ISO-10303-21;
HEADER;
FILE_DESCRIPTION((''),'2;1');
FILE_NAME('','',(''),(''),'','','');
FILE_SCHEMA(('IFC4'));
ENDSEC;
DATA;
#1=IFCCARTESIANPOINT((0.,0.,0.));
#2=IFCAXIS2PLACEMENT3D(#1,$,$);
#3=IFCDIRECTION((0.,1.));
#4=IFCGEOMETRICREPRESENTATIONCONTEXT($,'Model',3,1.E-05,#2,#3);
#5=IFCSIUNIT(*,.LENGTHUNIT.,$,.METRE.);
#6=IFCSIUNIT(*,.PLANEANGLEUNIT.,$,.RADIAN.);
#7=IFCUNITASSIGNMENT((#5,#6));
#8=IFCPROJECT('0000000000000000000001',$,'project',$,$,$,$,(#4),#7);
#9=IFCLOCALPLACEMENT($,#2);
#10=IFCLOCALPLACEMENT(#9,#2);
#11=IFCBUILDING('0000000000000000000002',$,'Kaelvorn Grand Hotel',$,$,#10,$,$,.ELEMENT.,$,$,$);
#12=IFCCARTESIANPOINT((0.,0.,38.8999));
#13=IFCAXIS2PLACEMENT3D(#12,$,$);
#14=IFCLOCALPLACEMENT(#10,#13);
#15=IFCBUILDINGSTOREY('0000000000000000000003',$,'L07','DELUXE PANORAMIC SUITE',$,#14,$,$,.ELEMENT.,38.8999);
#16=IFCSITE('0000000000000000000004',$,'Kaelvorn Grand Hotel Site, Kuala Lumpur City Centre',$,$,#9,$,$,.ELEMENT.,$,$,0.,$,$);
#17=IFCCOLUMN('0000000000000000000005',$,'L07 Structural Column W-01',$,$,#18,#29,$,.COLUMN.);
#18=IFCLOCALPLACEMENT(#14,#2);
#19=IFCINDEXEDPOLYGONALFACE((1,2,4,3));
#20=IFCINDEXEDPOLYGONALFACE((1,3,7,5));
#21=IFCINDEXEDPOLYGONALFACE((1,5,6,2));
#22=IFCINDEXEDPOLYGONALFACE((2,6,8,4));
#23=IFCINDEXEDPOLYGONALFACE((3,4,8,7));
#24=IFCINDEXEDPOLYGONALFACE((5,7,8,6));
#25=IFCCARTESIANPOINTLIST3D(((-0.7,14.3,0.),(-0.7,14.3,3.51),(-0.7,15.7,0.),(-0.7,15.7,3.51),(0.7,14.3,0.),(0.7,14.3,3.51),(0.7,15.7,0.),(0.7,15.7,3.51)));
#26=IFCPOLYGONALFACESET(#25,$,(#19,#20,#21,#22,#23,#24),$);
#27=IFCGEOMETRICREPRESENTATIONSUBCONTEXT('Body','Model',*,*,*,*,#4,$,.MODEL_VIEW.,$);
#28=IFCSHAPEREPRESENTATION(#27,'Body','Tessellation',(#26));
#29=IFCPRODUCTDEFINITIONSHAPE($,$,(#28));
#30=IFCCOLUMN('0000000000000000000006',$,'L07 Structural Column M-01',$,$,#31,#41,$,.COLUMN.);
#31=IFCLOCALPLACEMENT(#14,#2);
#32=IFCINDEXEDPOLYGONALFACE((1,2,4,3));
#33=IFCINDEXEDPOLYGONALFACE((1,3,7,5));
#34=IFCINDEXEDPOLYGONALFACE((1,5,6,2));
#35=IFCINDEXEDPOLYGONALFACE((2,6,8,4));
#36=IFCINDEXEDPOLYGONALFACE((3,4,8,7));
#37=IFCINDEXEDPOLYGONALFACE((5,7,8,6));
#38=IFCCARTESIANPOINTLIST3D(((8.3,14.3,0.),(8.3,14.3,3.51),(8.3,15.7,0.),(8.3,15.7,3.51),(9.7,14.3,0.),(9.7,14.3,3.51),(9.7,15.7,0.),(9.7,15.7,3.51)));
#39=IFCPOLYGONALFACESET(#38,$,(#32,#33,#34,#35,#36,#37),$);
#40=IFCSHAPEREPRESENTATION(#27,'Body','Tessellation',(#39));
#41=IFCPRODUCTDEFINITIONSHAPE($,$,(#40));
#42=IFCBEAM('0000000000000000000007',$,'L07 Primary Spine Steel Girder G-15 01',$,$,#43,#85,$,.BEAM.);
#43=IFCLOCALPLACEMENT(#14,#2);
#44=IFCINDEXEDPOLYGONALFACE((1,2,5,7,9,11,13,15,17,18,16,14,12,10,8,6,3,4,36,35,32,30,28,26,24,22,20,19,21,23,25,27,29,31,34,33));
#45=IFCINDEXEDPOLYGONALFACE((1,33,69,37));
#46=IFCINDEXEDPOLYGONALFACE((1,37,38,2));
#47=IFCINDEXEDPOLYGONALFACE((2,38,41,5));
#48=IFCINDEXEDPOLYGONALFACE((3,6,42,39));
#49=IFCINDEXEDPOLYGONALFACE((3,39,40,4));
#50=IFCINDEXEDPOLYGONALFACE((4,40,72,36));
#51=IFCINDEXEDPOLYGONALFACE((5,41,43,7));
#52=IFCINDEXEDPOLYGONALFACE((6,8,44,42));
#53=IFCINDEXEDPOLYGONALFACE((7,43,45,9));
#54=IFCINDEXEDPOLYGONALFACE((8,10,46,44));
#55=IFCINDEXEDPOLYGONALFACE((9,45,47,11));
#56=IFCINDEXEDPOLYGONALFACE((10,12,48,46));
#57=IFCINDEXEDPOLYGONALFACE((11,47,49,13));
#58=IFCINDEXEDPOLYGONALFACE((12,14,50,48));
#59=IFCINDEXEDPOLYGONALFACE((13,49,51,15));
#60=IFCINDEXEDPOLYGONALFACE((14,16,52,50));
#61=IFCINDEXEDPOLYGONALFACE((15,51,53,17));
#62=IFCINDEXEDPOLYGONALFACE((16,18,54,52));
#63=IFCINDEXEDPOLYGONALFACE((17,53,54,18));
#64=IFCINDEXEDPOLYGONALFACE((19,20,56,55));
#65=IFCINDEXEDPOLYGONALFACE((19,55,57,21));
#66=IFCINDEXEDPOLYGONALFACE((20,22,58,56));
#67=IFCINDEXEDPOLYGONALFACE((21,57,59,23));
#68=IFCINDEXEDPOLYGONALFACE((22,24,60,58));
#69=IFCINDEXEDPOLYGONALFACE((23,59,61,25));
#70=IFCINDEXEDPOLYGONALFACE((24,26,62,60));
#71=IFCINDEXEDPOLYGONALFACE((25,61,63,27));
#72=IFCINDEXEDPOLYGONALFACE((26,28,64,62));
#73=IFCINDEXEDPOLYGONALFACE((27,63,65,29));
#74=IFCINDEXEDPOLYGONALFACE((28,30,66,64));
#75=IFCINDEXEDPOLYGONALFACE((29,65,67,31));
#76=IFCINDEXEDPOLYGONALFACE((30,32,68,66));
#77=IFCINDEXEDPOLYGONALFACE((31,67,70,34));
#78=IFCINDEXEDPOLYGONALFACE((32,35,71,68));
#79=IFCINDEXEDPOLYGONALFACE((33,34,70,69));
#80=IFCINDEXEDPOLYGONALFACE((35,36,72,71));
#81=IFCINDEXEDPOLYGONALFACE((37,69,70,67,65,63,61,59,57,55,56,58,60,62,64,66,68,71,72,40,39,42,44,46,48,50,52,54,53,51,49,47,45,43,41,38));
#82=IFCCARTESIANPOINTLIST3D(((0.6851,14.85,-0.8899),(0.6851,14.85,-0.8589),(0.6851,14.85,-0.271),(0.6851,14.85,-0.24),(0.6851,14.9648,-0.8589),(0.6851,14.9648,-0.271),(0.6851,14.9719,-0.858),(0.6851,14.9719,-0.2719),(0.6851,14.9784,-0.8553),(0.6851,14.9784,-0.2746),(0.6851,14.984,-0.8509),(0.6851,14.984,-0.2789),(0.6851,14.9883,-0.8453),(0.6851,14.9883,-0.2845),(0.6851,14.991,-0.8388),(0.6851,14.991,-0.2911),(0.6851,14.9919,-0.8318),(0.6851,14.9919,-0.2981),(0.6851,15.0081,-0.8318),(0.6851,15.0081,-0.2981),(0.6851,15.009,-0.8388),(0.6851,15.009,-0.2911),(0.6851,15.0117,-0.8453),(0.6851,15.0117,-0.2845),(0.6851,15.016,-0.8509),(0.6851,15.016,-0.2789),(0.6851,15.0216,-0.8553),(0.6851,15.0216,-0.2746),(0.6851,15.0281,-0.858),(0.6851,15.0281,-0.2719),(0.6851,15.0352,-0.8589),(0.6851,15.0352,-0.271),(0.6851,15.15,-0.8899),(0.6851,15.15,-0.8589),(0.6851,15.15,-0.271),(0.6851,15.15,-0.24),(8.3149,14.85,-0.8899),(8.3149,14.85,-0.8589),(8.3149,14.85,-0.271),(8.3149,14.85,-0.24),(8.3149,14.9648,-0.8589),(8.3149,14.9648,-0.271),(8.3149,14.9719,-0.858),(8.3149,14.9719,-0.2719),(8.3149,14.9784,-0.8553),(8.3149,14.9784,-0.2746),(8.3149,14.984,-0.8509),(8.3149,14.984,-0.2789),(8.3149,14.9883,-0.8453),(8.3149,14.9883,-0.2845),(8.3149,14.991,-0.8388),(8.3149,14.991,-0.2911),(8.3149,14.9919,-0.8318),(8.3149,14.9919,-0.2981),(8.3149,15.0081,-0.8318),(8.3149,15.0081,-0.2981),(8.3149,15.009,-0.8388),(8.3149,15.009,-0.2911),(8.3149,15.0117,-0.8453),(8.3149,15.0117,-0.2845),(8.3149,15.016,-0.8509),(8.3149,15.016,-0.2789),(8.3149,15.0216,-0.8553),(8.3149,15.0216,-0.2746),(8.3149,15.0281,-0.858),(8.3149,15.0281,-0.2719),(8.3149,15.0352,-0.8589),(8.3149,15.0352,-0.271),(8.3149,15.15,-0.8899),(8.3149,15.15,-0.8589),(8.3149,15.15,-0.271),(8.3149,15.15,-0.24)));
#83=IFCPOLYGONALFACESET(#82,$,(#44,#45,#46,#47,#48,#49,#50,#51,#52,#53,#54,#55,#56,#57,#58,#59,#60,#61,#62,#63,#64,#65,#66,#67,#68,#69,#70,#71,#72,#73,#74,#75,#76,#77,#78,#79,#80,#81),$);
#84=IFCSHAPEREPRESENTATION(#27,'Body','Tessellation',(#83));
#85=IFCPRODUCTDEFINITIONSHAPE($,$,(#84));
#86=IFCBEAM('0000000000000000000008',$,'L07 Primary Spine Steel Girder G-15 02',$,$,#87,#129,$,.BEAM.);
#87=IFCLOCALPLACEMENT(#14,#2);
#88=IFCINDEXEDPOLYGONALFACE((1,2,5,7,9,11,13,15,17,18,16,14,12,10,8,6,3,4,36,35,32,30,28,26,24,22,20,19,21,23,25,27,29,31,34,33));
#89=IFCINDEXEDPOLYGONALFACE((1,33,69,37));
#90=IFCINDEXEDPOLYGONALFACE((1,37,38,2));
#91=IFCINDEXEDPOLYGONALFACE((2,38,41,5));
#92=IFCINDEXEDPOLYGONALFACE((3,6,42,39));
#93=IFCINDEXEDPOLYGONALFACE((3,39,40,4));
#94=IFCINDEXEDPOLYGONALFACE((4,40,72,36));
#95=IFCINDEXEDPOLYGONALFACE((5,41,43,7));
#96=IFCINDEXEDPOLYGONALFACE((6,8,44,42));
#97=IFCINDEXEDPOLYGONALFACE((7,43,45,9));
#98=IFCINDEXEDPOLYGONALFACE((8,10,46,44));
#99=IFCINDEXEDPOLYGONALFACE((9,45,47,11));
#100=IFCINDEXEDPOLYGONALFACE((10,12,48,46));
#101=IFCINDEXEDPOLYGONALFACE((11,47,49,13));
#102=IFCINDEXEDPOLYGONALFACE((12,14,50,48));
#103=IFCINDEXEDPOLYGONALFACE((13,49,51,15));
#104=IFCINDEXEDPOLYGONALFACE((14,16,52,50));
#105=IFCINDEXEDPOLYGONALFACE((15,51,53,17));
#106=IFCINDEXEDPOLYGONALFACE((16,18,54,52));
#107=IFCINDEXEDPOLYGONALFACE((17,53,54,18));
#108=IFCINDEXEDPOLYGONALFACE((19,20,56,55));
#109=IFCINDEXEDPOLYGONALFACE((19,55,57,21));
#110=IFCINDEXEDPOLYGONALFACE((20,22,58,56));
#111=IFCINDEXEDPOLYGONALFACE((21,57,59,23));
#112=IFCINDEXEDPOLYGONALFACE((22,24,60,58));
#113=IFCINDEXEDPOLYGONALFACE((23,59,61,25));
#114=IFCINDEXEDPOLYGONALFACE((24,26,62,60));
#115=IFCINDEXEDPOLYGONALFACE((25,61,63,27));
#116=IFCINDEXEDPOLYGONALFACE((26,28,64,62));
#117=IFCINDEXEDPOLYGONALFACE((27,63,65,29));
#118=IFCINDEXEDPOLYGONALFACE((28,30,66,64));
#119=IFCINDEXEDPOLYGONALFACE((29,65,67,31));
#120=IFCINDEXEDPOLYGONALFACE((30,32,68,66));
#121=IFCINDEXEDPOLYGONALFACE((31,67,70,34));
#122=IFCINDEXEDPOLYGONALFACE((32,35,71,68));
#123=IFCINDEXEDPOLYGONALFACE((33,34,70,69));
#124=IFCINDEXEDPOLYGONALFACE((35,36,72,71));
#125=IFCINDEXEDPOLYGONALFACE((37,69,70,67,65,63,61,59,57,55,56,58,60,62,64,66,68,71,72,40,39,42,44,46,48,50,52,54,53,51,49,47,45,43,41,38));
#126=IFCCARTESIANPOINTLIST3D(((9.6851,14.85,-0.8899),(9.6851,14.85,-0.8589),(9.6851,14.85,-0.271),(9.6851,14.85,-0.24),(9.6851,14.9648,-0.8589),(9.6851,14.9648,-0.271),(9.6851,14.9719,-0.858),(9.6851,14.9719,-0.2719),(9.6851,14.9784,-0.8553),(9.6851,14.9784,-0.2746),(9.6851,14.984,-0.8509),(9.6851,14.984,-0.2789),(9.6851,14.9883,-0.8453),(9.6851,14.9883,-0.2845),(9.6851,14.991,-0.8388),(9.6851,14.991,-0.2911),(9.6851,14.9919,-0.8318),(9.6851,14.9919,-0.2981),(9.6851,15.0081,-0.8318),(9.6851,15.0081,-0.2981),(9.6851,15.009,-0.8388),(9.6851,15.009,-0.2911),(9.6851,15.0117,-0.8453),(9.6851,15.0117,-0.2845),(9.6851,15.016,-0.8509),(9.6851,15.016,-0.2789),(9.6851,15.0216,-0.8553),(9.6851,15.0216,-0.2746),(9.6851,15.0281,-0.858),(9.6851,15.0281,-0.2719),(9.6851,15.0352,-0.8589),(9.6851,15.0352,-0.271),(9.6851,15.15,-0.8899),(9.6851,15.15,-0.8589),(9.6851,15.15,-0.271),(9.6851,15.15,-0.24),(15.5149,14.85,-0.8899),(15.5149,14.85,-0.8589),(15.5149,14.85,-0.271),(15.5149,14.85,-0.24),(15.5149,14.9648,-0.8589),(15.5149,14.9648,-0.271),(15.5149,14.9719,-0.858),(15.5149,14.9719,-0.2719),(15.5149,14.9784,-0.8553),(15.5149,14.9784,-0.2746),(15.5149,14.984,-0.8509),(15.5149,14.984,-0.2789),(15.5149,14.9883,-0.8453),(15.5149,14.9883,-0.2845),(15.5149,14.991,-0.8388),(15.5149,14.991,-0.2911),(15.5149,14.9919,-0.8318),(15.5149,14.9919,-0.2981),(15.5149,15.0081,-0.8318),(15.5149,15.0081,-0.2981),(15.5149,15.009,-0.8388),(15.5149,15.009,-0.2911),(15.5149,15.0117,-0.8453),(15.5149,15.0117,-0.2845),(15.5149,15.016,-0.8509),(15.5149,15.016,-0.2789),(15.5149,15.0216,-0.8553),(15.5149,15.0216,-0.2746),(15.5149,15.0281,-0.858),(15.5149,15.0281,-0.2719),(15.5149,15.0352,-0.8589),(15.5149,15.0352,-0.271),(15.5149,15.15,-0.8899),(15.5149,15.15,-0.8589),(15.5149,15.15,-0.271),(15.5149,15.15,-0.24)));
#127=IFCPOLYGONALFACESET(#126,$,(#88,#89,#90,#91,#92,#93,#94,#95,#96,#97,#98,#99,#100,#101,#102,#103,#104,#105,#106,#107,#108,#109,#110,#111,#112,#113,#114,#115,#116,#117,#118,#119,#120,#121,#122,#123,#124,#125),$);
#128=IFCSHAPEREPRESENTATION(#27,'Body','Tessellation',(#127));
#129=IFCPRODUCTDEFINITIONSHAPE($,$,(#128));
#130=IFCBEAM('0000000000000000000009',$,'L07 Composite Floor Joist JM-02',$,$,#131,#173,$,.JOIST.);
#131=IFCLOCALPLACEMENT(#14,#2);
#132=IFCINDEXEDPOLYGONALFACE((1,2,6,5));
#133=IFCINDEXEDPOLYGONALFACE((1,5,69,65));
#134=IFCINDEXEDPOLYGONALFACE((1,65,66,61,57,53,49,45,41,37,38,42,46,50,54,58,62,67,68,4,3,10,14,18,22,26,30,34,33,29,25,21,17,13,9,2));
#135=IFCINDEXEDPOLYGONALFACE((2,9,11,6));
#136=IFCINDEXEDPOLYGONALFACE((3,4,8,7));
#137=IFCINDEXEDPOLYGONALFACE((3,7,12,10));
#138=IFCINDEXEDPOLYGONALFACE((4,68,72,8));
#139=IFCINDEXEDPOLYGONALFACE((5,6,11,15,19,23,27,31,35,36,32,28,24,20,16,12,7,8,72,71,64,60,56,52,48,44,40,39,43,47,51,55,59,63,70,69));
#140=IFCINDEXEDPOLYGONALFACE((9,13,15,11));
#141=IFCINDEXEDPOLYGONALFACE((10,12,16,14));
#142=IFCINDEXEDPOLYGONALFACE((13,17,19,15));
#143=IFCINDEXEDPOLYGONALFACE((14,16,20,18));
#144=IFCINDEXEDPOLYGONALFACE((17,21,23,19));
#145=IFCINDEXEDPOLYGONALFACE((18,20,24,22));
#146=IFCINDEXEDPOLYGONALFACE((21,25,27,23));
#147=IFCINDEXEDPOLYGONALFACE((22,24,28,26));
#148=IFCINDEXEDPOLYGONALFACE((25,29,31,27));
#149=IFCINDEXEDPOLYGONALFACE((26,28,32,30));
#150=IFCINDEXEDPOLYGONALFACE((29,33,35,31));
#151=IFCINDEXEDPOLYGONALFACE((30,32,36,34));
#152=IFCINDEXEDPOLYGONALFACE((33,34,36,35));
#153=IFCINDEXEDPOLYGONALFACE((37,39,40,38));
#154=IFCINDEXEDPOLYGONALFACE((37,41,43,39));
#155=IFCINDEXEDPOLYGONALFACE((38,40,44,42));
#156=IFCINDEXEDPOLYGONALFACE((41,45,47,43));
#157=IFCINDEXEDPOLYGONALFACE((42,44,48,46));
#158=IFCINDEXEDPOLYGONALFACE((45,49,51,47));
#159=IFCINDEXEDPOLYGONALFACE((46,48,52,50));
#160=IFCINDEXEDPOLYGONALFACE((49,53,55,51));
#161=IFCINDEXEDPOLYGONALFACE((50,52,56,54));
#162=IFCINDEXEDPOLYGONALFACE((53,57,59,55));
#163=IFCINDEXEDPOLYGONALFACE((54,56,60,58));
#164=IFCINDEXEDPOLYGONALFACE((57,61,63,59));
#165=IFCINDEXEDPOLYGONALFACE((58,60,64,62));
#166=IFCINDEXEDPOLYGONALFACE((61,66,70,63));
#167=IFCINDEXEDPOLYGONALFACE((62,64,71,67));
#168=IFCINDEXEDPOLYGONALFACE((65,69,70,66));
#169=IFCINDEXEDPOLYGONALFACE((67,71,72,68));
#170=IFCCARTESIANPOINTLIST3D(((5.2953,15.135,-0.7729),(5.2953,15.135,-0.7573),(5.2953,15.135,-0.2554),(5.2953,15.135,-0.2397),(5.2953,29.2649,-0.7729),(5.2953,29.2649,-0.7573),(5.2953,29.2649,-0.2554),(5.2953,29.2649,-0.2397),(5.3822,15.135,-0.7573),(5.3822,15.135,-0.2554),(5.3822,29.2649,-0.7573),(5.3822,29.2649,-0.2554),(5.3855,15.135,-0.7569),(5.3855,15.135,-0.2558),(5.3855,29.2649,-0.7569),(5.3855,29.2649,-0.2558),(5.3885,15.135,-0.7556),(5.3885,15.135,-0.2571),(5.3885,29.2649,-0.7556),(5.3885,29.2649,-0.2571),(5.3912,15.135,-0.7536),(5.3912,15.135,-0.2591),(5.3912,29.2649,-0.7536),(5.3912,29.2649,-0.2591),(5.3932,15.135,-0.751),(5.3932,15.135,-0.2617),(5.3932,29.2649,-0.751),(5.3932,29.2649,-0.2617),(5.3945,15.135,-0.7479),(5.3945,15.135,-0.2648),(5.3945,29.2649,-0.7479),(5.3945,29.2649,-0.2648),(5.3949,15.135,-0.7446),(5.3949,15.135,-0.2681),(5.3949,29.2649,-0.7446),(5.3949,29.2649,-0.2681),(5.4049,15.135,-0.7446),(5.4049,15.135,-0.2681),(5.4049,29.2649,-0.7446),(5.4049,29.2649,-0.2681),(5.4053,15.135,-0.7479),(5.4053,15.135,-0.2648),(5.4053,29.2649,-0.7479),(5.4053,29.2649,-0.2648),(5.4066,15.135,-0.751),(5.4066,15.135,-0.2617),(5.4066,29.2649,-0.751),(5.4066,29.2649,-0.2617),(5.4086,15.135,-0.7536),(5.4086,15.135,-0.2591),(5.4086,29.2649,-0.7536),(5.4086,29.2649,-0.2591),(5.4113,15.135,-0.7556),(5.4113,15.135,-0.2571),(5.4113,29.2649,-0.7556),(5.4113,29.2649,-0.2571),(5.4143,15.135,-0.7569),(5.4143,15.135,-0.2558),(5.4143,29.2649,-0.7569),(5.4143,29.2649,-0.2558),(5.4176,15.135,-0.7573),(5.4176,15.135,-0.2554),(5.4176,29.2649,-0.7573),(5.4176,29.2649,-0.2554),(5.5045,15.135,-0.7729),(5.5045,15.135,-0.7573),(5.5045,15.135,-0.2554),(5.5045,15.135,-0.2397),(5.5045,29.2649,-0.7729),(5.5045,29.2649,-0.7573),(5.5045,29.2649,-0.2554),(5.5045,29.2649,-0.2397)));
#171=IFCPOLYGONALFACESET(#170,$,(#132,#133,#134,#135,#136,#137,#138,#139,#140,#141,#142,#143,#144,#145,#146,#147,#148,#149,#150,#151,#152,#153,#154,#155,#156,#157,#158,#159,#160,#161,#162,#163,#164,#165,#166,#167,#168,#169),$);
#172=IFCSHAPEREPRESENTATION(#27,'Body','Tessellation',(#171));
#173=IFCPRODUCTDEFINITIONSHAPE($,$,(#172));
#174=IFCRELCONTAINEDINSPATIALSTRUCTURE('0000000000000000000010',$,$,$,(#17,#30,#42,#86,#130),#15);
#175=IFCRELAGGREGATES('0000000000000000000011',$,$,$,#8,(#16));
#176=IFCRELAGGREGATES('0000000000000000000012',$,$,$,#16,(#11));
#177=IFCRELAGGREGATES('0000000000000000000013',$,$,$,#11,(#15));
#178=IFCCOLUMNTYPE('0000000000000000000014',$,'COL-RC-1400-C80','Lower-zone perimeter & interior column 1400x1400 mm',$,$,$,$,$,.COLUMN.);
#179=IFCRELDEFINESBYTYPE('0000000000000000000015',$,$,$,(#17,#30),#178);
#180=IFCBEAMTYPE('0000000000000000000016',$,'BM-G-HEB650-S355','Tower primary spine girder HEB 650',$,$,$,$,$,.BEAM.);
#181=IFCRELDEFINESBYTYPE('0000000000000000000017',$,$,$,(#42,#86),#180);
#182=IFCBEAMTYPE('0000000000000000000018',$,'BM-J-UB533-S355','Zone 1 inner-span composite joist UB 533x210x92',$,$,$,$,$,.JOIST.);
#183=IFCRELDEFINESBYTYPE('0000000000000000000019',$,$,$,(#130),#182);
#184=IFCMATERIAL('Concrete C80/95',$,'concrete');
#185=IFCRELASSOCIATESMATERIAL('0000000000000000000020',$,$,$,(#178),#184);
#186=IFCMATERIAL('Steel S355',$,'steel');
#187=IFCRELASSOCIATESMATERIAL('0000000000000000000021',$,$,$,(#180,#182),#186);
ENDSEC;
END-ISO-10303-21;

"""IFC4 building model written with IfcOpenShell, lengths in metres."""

from ifc_helpers import new_model, si_unit, direction, frame, origin, origin_2d, place, context, subcontext, project, spatial, rectangle, i_section, extrude, material, material_profile, profile_set, type_object, element, save


model = new_model("IFC4")

# Units and contexts
model_context = context("Model", 3, precision=1e-05, world=origin(), true_north=direction((0.0, 1.0)))
body_context = subcontext(model_context, "Body", "Model", "MODEL_VIEW")
ifc_project = project(units=[si_unit("LENGTHUNIT", "METRE"), si_unit("PLANEANGLEUNIT", "RADIAN")], contexts=[model_context])

# Site, building, storey
site_placement = place(None, origin())
site = spatial("IfcSite", under=ifc_project, at=site_placement, Name="Kaelvorn Grand Hotel Site, Kuala Lumpur City Centre", CompositionType="ELEMENT", RefElevation=0.0)
building_placement = place(site_placement, origin())
building = spatial("IfcBuilding", under=site, at=building_placement, Name="Kaelvorn Grand Hotel", CompositionType="ELEMENT")
storey_placement = place(building_placement, frame((0.0, 0.0, 38.8999)))
storey = spatial("IfcBuildingStorey", under=building, at=storey_placement, Name="L07", Description="DELUXE PANORAMIC SUITE", CompositionType="ELEMENT", Elevation=38.8999)

# Columns
ifc_material_1 = material(Name="Concrete C80/95", Category="concrete")
ifc_material_profile_1 = material_profile(ifc_material_1, rectangle(XDim=1.3999, YDim=1.3999, at=origin_2d()), Name="RC COL 1400x1400")
ifc_profile_set_1 = profile_set([ifc_material_profile_1], Name="Concrete C80/95")
column_type = type_object("IfcColumnType", Name="COL-RC-1400-C80", Description="Lower-zone perimeter & interior column 1400x1400 mm", PredefinedType="COLUMN", material=ifc_profile_set_1)
for number, where, z_axis, x_axis, name in (
    (1, (0.0, 15.0, 0.0), (0.0, 0.0, 1.0), (1.0, 0.0, 0.0), "L07 Structural Column W-01"),
    (2, (9.0, 15.0, 0.0), (0.0, 0.0, 1.0), (1.0, 0.0, 0.0), "L07 Structural Column M-01"),
):
    element("IfcColumn", number, at=place(storey_placement, frame(where, z_axis=z_axis, x_axis=x_axis)), inside=storey, type_object=column_type, Name=name, PredefinedType="COLUMN", context=body_context, shape_type="SweptSolid", body=[
        extrude(rectangle(XDim=1.3999, YDim=1.3999, at=origin_2d()), origin(), (0.0, 0.0, 1.0), 3.51),
    ])

# Beams
ifc_material_2 = material(Name="Steel S355", Category="steel")
ifc_material_profile_2 = material_profile(ifc_material_2, i_section(OverallWidth=0.3, OverallDepth=0.6499, WebThickness=0.0161, FlangeThickness=0.031, FilletRadius=0.0271, at=origin_2d()), Name="HEB 650")
ifc_profile_set_2 = profile_set([ifc_material_profile_2], Name="Steel S355")
beam_type_1 = type_object("IfcBeamType", Name="BM-G-HEB650-S355", Description="Tower primary spine girder HEB 650", PredefinedType="BEAM", material=ifc_profile_set_2)
beam_1_placement = place(storey_placement, frame((0.6851, 15.0, -0.5649), z_axis=(1.0, 0.0, 0.0), x_axis=(0.0, 1.0, 0.0)))
element("IfcBeam", 3, at=beam_1_placement, inside=storey, type_object=beam_type_1, Name="L07 Primary Spine Steel Girder G-15 01", PredefinedType="BEAM", context=body_context, shape_type="SweptSolid", body=[
    extrude(i_section(OverallWidth=0.3, OverallDepth=0.6499, WebThickness=0.0161, FlangeThickness=0.031, FilletRadius=0.0271, at=origin_2d()), origin(), (0.0, 0.0, 1.0), 7.6299),
])
beam_2_placement = place(storey_placement, frame((9.6851, 15.0, -0.5649), z_axis=(1.0, 0.0, 0.0), x_axis=(0.0, 1.0, 0.0)))
element("IfcBeam", 4, at=beam_2_placement, inside=storey, type_object=beam_type_1, Name="L07 Primary Spine Steel Girder G-15 02", PredefinedType="BEAM", context=body_context, shape_type="SweptSolid", body=[
    extrude(i_section(OverallWidth=0.3, OverallDepth=0.6499, WebThickness=0.0161, FlangeThickness=0.031, FilletRadius=0.0271, at=origin_2d()), origin(), (0.0, 0.0, 1.0), 5.8298),
])
ifc_material_profile_3 = material_profile(ifc_material_2, i_section(OverallWidth=0.2092, OverallDepth=0.5332, WebThickness=0.01, FlangeThickness=0.0156, FilletRadius=0.0127, at=origin_2d()), Name="UB 533x210x92")
ifc_profile_set_3 = profile_set([ifc_material_profile_3], Name="Steel S355")
beam_type_2 = type_object("IfcBeamType", Name="BM-J-UB533-S355", Description="Zone 1 inner-span composite joist UB 533x210x92", PredefinedType="JOIST", material=ifc_profile_set_3)
beam_3_placement = place(storey_placement, frame((5.3999, 15.135, -0.5063), z_axis=(0.0, 1.0, 0.0), x_axis=(-1.0, 0.0, 0.0)))
element("IfcBeam", 5, at=beam_3_placement, inside=storey, type_object=beam_type_2, Name="L07 Composite Floor Joist JM-02", PredefinedType="JOIST", context=body_context, shape_type="SweptSolid", body=[
    extrude(i_section(OverallWidth=0.2092, OverallDepth=0.5332, WebThickness=0.01, FlangeThickness=0.0156, FilletRadius=0.0127, at=origin_2d()), origin(), (0.0, 0.0, 1.0), 14.1299),
])

save(model, "model.ifc")
